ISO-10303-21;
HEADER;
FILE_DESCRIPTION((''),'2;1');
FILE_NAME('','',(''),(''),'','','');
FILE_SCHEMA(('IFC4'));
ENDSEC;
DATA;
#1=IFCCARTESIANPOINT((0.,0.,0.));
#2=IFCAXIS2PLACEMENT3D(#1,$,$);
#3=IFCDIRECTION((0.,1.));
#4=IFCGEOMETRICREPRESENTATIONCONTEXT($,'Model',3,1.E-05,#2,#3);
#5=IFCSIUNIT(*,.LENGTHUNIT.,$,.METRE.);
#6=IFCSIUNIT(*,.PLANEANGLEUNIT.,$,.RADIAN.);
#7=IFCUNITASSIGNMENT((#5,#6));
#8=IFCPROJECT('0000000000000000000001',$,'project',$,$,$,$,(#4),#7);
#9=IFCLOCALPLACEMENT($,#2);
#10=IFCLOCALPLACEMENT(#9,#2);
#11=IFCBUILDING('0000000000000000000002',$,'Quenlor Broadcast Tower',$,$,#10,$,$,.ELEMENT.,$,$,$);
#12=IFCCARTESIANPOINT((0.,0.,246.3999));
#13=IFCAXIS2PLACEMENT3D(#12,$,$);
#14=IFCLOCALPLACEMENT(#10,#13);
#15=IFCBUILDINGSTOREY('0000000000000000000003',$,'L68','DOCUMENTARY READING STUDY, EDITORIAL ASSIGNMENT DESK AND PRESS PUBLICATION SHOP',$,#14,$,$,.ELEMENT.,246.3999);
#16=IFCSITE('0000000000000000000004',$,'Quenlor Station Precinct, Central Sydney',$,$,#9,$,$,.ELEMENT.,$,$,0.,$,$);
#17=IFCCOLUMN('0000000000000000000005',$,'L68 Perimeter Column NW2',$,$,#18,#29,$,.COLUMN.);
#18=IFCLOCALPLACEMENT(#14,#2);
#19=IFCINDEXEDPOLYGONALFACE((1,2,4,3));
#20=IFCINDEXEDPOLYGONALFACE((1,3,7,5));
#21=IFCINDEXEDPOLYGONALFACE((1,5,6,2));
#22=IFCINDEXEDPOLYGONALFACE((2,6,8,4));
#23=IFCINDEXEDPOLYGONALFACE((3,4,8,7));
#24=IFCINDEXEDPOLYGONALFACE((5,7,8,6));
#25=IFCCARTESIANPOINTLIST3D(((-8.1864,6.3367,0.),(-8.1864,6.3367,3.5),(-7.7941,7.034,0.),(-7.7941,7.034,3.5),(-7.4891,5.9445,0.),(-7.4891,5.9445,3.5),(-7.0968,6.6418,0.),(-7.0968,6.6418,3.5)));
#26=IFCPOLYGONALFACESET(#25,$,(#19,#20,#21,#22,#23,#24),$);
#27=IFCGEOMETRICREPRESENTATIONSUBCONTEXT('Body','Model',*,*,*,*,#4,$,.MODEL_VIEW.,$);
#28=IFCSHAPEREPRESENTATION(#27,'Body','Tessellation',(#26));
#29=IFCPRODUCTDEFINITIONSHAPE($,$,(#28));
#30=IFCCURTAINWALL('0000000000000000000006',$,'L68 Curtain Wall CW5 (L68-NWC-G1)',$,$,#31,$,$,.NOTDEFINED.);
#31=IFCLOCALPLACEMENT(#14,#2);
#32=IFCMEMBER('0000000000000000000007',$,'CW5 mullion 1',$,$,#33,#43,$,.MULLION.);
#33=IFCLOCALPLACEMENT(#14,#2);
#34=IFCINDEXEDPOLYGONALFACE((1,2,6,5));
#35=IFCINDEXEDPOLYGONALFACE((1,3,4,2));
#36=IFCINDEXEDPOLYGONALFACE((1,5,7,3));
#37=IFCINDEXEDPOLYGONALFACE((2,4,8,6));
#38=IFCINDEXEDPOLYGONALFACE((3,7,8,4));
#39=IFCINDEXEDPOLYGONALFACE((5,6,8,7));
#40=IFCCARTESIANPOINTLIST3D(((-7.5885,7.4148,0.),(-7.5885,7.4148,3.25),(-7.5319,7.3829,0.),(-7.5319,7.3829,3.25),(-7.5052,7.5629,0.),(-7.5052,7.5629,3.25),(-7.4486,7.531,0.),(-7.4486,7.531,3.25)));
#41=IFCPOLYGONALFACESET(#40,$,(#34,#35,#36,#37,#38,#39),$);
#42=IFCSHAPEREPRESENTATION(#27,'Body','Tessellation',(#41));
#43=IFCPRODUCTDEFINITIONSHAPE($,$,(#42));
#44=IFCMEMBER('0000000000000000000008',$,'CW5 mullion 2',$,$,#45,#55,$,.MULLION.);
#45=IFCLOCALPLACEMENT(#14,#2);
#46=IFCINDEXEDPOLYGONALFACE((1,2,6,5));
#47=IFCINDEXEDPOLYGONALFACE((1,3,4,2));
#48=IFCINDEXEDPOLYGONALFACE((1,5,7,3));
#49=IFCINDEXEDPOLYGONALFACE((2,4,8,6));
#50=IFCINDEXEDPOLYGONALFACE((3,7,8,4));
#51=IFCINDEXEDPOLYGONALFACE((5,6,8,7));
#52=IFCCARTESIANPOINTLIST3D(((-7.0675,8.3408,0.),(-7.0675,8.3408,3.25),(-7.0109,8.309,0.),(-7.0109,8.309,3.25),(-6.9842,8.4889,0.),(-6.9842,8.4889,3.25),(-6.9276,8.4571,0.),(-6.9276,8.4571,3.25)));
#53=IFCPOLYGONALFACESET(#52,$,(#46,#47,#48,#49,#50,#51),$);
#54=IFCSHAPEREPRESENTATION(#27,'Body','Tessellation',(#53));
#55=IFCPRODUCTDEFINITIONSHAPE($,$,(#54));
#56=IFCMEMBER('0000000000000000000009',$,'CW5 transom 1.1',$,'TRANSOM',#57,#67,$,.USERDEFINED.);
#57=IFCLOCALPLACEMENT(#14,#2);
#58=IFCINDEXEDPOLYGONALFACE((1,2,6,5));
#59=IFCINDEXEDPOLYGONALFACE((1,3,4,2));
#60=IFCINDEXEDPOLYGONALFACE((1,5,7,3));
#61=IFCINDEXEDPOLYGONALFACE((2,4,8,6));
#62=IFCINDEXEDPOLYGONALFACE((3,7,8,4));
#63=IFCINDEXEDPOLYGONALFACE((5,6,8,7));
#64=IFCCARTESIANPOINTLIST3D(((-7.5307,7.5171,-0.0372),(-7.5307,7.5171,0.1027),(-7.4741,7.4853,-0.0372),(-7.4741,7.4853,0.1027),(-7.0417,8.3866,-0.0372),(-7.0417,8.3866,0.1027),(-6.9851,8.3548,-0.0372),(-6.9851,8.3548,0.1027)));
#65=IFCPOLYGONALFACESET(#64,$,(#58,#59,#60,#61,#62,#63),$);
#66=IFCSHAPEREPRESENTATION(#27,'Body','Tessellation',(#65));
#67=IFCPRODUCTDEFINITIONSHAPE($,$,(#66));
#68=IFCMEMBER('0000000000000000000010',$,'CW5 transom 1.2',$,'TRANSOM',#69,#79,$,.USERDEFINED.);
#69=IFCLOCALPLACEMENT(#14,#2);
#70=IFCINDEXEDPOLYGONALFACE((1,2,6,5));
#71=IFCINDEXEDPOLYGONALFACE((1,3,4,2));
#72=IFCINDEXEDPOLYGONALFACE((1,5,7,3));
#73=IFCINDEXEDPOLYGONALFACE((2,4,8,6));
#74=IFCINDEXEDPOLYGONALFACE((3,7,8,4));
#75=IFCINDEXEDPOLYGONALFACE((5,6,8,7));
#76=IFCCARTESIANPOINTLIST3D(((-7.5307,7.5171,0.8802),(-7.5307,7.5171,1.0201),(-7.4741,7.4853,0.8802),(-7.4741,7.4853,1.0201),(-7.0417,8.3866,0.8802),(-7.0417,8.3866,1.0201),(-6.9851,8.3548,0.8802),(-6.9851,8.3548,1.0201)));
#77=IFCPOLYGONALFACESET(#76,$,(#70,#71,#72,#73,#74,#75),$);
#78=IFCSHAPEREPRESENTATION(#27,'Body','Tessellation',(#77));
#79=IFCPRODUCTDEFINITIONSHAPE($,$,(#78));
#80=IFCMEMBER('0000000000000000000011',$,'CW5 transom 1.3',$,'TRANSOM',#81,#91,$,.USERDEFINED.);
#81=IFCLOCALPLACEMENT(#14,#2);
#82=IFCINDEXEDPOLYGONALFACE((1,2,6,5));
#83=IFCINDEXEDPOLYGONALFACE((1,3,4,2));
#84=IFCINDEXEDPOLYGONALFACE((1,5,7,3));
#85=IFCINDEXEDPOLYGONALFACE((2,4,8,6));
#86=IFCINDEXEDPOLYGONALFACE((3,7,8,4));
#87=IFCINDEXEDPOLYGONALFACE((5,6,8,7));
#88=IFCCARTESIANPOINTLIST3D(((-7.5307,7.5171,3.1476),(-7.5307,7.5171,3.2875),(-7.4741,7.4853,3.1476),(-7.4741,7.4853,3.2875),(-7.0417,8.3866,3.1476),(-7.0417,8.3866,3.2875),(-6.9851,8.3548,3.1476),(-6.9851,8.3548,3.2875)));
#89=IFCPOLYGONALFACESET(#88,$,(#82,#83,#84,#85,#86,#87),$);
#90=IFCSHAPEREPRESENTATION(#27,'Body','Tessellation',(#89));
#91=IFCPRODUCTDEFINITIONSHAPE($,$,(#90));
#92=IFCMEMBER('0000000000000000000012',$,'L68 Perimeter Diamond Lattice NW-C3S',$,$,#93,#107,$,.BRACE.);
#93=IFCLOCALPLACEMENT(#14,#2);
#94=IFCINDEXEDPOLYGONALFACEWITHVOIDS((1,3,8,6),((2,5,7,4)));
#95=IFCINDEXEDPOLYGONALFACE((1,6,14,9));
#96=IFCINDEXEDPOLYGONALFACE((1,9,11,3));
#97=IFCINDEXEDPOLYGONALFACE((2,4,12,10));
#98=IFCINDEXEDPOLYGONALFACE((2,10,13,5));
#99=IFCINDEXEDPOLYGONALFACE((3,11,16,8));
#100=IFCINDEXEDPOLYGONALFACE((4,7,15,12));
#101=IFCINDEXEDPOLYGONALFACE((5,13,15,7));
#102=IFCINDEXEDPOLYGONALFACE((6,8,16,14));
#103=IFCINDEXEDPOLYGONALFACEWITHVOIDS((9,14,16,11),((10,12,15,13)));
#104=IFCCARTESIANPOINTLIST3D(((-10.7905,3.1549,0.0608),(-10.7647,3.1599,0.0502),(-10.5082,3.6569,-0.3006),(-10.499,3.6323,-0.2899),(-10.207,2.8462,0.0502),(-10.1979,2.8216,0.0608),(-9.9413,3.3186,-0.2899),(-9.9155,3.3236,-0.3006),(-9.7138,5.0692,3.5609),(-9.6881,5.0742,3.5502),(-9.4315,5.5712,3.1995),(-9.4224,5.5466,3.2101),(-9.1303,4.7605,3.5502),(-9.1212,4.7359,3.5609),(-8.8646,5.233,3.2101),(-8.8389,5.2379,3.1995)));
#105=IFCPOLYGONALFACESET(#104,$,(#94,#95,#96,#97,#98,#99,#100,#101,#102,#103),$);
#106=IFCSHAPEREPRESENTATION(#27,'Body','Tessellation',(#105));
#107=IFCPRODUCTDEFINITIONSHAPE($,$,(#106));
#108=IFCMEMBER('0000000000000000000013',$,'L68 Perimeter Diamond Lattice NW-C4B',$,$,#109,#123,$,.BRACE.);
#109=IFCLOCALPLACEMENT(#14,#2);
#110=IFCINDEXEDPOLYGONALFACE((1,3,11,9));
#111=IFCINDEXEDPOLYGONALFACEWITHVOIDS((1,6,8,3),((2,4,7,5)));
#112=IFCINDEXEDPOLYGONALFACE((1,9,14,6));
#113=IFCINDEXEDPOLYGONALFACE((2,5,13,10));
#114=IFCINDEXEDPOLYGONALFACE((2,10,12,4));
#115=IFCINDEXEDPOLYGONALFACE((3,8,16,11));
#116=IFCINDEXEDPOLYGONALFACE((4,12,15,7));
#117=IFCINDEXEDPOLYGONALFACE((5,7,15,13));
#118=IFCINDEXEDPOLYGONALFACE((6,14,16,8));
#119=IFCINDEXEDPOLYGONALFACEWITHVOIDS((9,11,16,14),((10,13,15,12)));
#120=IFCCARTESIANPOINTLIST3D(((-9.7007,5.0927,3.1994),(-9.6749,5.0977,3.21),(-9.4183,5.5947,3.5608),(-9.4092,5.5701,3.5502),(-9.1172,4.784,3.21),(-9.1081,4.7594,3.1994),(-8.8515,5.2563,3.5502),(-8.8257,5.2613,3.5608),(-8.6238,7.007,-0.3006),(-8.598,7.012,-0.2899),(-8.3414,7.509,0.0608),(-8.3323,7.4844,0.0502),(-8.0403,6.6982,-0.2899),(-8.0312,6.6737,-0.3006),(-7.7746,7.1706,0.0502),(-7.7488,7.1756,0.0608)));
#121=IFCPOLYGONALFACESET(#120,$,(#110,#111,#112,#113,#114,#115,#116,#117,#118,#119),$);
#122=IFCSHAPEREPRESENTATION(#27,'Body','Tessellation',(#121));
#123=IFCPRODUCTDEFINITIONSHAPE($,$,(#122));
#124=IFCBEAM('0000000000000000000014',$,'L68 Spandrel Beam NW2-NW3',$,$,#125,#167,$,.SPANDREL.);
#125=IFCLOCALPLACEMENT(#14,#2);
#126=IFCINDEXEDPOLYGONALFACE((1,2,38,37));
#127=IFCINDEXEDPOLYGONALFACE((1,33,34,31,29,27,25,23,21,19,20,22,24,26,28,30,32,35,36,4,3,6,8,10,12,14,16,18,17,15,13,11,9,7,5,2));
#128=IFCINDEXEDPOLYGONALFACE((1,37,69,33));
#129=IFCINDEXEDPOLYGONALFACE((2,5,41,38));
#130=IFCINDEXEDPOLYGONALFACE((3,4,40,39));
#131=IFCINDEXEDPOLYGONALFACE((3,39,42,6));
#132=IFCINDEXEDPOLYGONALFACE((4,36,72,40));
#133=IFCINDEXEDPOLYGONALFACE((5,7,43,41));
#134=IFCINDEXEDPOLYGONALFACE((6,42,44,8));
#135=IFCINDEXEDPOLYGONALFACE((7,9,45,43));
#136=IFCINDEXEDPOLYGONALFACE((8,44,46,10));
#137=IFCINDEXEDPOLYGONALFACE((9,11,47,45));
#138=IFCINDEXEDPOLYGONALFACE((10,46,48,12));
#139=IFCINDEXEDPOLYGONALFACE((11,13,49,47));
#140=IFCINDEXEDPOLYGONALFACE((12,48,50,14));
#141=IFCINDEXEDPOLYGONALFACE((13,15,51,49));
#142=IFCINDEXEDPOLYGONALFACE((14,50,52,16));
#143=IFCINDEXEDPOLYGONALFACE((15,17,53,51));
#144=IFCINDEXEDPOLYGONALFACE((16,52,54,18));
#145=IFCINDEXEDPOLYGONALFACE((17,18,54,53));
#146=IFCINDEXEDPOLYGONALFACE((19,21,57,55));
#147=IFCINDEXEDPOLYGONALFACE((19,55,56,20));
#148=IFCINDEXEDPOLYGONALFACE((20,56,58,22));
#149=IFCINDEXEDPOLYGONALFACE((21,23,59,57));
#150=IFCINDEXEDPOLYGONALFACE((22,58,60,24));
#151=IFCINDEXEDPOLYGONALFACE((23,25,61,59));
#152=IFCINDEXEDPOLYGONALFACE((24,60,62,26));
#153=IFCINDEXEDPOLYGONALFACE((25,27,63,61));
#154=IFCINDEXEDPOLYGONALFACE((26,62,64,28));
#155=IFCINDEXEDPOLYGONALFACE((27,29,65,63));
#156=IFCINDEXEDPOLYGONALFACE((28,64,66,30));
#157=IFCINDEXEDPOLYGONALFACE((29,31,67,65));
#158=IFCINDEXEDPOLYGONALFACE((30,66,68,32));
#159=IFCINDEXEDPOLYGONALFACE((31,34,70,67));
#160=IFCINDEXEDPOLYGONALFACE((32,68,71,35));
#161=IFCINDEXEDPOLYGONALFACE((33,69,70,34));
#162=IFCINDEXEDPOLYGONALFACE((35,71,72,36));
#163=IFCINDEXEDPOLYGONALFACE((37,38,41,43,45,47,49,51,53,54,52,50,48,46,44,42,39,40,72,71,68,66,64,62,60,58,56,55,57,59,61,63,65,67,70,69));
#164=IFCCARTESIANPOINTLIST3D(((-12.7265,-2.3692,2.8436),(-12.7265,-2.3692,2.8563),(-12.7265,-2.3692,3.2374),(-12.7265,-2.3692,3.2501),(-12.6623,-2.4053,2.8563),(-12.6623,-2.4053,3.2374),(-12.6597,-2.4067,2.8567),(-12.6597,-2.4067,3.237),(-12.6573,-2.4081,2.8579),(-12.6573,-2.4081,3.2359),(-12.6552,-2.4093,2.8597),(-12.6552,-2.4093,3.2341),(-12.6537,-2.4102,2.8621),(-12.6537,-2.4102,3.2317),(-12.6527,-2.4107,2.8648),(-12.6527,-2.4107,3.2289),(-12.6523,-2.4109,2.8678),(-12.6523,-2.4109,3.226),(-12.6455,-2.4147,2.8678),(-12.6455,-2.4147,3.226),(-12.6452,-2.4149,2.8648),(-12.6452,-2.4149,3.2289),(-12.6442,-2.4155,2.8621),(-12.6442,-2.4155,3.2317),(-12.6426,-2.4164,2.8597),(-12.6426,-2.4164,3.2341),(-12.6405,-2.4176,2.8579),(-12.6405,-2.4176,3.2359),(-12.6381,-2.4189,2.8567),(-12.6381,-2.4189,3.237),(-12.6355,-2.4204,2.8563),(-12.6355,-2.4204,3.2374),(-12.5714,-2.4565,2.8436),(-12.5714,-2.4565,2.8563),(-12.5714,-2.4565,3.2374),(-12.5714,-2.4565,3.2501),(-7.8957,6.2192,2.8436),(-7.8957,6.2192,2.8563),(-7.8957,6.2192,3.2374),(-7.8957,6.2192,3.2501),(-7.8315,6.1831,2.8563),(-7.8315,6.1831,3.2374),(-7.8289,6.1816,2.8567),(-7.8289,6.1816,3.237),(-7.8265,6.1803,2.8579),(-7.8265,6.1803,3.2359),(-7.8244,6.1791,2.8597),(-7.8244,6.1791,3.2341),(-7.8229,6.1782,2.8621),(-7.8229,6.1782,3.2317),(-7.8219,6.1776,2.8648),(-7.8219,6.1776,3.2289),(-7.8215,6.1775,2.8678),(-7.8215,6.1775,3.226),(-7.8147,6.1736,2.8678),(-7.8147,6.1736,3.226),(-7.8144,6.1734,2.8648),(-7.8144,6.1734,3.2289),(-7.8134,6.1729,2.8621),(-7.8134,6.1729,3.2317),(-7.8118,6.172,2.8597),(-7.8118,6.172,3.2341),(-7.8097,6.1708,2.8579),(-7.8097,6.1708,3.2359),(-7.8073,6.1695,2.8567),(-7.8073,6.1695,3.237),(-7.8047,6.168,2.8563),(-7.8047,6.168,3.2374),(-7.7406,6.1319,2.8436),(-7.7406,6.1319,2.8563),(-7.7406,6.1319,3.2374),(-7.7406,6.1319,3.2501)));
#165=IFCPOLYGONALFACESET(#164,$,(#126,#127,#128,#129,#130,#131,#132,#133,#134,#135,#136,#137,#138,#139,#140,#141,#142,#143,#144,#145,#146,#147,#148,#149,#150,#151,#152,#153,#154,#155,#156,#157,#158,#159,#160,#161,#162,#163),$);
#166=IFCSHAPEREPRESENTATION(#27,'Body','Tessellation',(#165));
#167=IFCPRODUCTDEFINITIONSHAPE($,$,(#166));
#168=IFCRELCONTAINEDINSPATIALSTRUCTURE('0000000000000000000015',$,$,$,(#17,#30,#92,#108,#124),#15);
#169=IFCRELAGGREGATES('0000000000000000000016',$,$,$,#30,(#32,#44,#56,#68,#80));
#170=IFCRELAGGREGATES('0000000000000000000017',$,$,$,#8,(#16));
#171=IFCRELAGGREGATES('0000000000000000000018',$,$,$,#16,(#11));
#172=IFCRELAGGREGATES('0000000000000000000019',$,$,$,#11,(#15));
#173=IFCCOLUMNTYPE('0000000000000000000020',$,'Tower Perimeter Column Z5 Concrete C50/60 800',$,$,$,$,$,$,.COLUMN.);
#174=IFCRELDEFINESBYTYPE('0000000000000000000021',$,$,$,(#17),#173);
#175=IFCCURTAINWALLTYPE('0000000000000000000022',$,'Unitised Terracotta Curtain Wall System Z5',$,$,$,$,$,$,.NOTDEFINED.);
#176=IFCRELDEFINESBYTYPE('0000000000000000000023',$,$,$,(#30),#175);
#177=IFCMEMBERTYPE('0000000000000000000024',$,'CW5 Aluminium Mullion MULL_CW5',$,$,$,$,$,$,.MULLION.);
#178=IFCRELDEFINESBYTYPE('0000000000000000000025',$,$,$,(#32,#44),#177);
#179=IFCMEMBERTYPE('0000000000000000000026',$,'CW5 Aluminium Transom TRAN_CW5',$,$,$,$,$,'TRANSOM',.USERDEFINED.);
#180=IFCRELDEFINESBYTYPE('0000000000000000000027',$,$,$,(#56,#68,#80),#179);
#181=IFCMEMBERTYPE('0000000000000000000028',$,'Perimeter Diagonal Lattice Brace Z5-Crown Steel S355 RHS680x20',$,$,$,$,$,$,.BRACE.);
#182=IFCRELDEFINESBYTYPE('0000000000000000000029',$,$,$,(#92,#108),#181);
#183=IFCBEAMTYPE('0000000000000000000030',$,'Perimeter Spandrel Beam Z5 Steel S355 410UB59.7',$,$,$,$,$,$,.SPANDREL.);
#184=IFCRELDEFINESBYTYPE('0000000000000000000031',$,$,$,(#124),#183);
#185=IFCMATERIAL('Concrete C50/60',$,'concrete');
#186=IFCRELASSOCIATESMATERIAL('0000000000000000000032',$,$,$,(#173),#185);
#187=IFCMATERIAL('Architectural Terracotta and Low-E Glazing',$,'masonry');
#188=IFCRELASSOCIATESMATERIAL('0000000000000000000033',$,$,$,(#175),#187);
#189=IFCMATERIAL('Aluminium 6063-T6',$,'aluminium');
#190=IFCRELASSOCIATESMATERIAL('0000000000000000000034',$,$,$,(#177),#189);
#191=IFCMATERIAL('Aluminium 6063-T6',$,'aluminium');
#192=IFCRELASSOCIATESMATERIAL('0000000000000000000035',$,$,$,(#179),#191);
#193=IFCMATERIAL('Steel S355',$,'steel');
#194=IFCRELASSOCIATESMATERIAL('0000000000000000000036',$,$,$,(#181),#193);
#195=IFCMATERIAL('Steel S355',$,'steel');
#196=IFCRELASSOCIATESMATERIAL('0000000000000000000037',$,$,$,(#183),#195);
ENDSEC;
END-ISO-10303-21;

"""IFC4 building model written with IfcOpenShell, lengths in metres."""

from ifc_helpers import new_model, si_unit, direction, frame, origin, origin_2d, place, context, subcontext, project, spatial, rectangle, hollow_rectangle, i_section, extrude, material, material_profile, profile_set, type_object, element, aggregate, save


model = new_model("IFC4")

# Units and contexts
model_context = context("Model", 3, precision=1e-05, world=origin(), true_north=direction((0.0, 1.0)))
body_context = subcontext(model_context, "Body", "Model", "MODEL_VIEW")
ifc_project = project(units=[si_unit("LENGTHUNIT", "METRE"), si_unit("PLANEANGLEUNIT", "RADIAN")], contexts=[model_context])

# Site, building, storey
site_placement = place(None, origin())
site = spatial("IfcSite", under=ifc_project, at=site_placement, Name="Quenlor Station Precinct, Central Sydney", CompositionType="ELEMENT", RefElevation=0.0)
building_placement = place(site_placement, origin())
building = spatial("IfcBuilding", under=site, at=building_placement, Name="Quenlor Broadcast Tower", CompositionType="ELEMENT")
storey_placement = place(building_placement, frame((0.0, 0.0, 246.3999)))
storey = spatial("IfcBuildingStorey", under=building, at=storey_placement, Name="L68", Description="DOCUMENTARY READING STUDY, EDITORIAL ASSIGNMENT DESK AND PRESS PUBLICATION SHOP", CompositionType="ELEMENT", Elevation=246.3999)

# Column
ifc_material_1 = material(Name="Concrete C50/60", Category="concrete")
ifc_material_profile_1 = material_profile(ifc_material_1, rectangle(XDim=0.8, YDim=0.8, at=origin_2d()))
ifc_profile_set_1 = profile_set([ifc_material_profile_1], Name="Concrete C50/60 RC800x800")
column_type = type_object("IfcColumnType", Name="Tower Perimeter Column Z5 Concrete C50/60 800", PredefinedType="COLUMN", material=ifc_profile_set_1)
column_placement = place(storey_placement, frame((-7.6416, 6.4893, 0.0), z_axis=(0.0, 0.0, 1.0), x_axis=(-0.871575, 0.490262, 0.0)))
element("IfcColumn", 1, at=column_placement, inside=storey, type_object=column_type, Name="L68 Perimeter Column NW2", PredefinedType="COLUMN", context=body_context, shape_type="SweptSolid", body=[
    extrude(rectangle(XDim=0.8, YDim=0.8, at=origin_2d()), origin(), (0.0, 0.0, 1.0), 3.5),
])

# Curtain wall, members
ifc_material_2 = material(Name="Architectural Terracotta and Low-E Glazing", Category="masonry")
curtain_wall_type = type_object("IfcCurtainWallType", Name="Unitised Terracotta Curtain Wall System Z5", PredefinedType="NOTDEFINED", material=ifc_material_2)
curtain_wall_placement = place(storey_placement, origin())
curtain_wall = element("IfcCurtainWall", 2, at=curtain_wall_placement, inside=storey, type_object=curtain_wall_type, Name="L68 Curtain Wall CW5 (L68-NWC-G1)", PredefinedType="NOTDEFINED")
ifc_material_3 = material(Name="Aluminium 6063-T6", Category="aluminium")
ifc_material_profile_2 = material_profile(ifc_material_3, rectangle(XDim=0.0649, YDim=0.1699, at=origin_2d()))
ifc_profile_set_2 = profile_set([ifc_material_profile_2], Name="Aluminium 6063-T6 MULL65x170")
member_type_1 = type_object("IfcMemberType", Name="CW5 Aluminium Mullion MULL_CW5", PredefinedType="MULLION", material=ifc_profile_set_2)
member_1_placement = place(storey_placement, frame((-7.5186, 7.4729, 0.0), z_axis=(0.0, 0.0, 1.0), x_axis=(-0.871564, 0.490282, 0.0)))
member_1 = element("IfcMember", 3, at=member_1_placement, type_object=member_type_1, Name="CW5 mullion 1", PredefinedType="MULLION", context=body_context, shape_type="SweptSolid", body=[
    extrude(rectangle(XDim=0.0649, YDim=0.1699, at=origin_2d()), origin(), (0.0, 0.0, 1.0), 3.25),
])
member_2_placement = place(storey_placement, frame((-6.9976, 8.3989, 0.0), z_axis=(0.0, 0.0, 1.0), x_axis=(-0.871564, 0.490282, 0.0)))
member_2 = element("IfcMember", 4, at=member_2_placement, type_object=member_type_1, Name="CW5 mullion 2", PredefinedType="MULLION", context=body_context, shape_type="SweptSolid", body=[
    extrude(rectangle(XDim=0.0649, YDim=0.1699, at=origin_2d()), origin(), (0.0, 0.0, 1.0), 3.25),
])
ifc_material_4 = material(Name="Aluminium 6063-T6", Category="aluminium")
ifc_material_profile_3 = material_profile(ifc_material_4, rectangle(XDim=0.0649, YDim=0.1399, at=origin_2d()))
ifc_profile_set_3 = profile_set([ifc_material_profile_3], Name="Aluminium 6063-T6 TRAN65x140")
member_type_2 = type_object("IfcMemberType", Name="CW5 Aluminium Transom TRAN_CW5", ElementType="TRANSOM", PredefinedType="USERDEFINED", material=ifc_profile_set_3)
member_3_placement = place(storey_placement, frame((-7.5024, 7.5012, 0.0327), z_axis=(0.49025, 0.871582, 0.0), x_axis=(-0.871582, 0.49025, 0.0)))
member_3 = element("IfcMember", 5, at=member_3_placement, type_object=member_type_2, Name="CW5 transom 1.1", ObjectType="TRANSOM", PredefinedType="USERDEFINED", context=body_context, shape_type="SweptSolid", body=[
    extrude(rectangle(XDim=0.0649, YDim=0.1399, at=origin_2d()), origin(), (0.0, 0.0, 1.0), 0.9976),
])
member_4_placement = place(storey_placement, frame((-7.5024, 7.5012, 0.9502), z_axis=(0.49025, 0.871582, 0.0), x_axis=(-0.871582, 0.49025, 0.0)))
member_4 = element("IfcMember", 6, at=member_4_placement, type_object=member_type_2, Name="CW5 transom 1.2", ObjectType="TRANSOM", PredefinedType="USERDEFINED", context=body_context, shape_type="SweptSolid", body=[
    extrude(rectangle(XDim=0.0649, YDim=0.1399, at=origin_2d()), origin(), (0.0, 0.0, 1.0), 0.9976),
])
member_5_placement = place(storey_placement, frame((-7.5024, 7.5012, 3.2175), z_axis=(0.49025, 0.871582, 0.0), x_axis=(-0.871582, 0.49025, 0.0)))
member_5 = element("IfcMember", 7, at=member_5_placement, type_object=member_type_2, Name="CW5 transom 1.3", ObjectType="TRANSOM", PredefinedType="USERDEFINED", context=body_context, shape_type="SweptSolid", body=[
    extrude(rectangle(XDim=0.0649, YDim=0.1399, at=origin_2d()), origin(), (0.0, 0.0, 1.0), 0.9976),
])

# Members
ifc_material_5 = material(Name="Steel S355", Category="steel")
ifc_material_profile_4 = material_profile(ifc_material_5, hollow_rectangle(XDim=0.6799, YDim=0.6799, WallThickness=0.02, at=origin_2d()))
ifc_profile_set_4 = profile_set([ifc_material_profile_4], Name="Steel S355 RHS680x680x20")
member_type_3 = type_object("IfcMemberType", Name="Perimeter Diagonal Lattice Brace Z5-Crown Steel S355 RHS680x20", PredefinedType="BRACE", material=ifc_profile_set_4)
for number, where, z_axis, x_axis, name in (
    (8, (-10.353, 3.2393, -0.1199), (0.260564, 0.463283, 0.847039), (-0.871602, 0.490214, 0.0), "L68 Perimeter Diamond Lattice NW-C3S"),
    (9, (-8.1863, 7.0913, -0.1199), (-0.260619, -0.463276, 0.847026), (0.871555, -0.490298, 0.0), "L68 Perimeter Diamond Lattice NW-C4B"),
):
    element("IfcMember", number, at=place(storey_placement, frame(where, z_axis=z_axis, x_axis=x_axis)), inside=storey, type_object=member_type_3, Name=name, PredefinedType="BRACE", context=body_context, shape_type="SweptSolid", body=[
        extrude(hollow_rectangle(XDim=0.6799, YDim=0.6799, WallThickness=0.02, at=origin_2d()), origin(), (0.0, 0.0, 1.0), 4.1321),
    ])

# Beam
ifc_material_6 = material(Name="Steel S355", Category="steel")
ifc_material_profile_5 = material_profile(ifc_material_6, i_section(OverallWidth=0.178, OverallDepth=0.4065, WebThickness=0.0078, FlangeThickness=0.0127, FilletRadius=0.0115, at=origin_2d()))
ifc_profile_set_5 = profile_set([ifc_material_profile_5], Name="Steel S355 410UB59.7")
beam_type_1 = type_object("IfcBeamType", Name="Perimeter Spandrel Beam Z5 Steel S355 410UB59.7", PredefinedType="SPANDREL", material=ifc_profile_set_5)
beam_1_placement = place(storey_placement, frame((-7.8181, 6.1755, 3.0469), z_axis=(-0.490249, -0.871582, 0.0), x_axis=(0.871582, -0.490249, 0.0)))
element("IfcBeam", 10, at=beam_1_placement, inside=storey, type_object=beam_type_1, Name="L68 Spandrel Beam NW2-NW3", PredefinedType="SPANDREL", context=body_context, shape_type="SweptSolid", body=[
    extrude(i_section(OverallWidth=0.178, OverallDepth=0.4065, WebThickness=0.0078, FlangeThickness=0.0127, FilletRadius=0.0115, at=origin_2d()), origin(), (0.0, 0.0, 1.0), 9.8538),
])

aggregate(curtain_wall, [member_1, member_2, member_3, member_4, member_5])

save(model, "model.ifc")
